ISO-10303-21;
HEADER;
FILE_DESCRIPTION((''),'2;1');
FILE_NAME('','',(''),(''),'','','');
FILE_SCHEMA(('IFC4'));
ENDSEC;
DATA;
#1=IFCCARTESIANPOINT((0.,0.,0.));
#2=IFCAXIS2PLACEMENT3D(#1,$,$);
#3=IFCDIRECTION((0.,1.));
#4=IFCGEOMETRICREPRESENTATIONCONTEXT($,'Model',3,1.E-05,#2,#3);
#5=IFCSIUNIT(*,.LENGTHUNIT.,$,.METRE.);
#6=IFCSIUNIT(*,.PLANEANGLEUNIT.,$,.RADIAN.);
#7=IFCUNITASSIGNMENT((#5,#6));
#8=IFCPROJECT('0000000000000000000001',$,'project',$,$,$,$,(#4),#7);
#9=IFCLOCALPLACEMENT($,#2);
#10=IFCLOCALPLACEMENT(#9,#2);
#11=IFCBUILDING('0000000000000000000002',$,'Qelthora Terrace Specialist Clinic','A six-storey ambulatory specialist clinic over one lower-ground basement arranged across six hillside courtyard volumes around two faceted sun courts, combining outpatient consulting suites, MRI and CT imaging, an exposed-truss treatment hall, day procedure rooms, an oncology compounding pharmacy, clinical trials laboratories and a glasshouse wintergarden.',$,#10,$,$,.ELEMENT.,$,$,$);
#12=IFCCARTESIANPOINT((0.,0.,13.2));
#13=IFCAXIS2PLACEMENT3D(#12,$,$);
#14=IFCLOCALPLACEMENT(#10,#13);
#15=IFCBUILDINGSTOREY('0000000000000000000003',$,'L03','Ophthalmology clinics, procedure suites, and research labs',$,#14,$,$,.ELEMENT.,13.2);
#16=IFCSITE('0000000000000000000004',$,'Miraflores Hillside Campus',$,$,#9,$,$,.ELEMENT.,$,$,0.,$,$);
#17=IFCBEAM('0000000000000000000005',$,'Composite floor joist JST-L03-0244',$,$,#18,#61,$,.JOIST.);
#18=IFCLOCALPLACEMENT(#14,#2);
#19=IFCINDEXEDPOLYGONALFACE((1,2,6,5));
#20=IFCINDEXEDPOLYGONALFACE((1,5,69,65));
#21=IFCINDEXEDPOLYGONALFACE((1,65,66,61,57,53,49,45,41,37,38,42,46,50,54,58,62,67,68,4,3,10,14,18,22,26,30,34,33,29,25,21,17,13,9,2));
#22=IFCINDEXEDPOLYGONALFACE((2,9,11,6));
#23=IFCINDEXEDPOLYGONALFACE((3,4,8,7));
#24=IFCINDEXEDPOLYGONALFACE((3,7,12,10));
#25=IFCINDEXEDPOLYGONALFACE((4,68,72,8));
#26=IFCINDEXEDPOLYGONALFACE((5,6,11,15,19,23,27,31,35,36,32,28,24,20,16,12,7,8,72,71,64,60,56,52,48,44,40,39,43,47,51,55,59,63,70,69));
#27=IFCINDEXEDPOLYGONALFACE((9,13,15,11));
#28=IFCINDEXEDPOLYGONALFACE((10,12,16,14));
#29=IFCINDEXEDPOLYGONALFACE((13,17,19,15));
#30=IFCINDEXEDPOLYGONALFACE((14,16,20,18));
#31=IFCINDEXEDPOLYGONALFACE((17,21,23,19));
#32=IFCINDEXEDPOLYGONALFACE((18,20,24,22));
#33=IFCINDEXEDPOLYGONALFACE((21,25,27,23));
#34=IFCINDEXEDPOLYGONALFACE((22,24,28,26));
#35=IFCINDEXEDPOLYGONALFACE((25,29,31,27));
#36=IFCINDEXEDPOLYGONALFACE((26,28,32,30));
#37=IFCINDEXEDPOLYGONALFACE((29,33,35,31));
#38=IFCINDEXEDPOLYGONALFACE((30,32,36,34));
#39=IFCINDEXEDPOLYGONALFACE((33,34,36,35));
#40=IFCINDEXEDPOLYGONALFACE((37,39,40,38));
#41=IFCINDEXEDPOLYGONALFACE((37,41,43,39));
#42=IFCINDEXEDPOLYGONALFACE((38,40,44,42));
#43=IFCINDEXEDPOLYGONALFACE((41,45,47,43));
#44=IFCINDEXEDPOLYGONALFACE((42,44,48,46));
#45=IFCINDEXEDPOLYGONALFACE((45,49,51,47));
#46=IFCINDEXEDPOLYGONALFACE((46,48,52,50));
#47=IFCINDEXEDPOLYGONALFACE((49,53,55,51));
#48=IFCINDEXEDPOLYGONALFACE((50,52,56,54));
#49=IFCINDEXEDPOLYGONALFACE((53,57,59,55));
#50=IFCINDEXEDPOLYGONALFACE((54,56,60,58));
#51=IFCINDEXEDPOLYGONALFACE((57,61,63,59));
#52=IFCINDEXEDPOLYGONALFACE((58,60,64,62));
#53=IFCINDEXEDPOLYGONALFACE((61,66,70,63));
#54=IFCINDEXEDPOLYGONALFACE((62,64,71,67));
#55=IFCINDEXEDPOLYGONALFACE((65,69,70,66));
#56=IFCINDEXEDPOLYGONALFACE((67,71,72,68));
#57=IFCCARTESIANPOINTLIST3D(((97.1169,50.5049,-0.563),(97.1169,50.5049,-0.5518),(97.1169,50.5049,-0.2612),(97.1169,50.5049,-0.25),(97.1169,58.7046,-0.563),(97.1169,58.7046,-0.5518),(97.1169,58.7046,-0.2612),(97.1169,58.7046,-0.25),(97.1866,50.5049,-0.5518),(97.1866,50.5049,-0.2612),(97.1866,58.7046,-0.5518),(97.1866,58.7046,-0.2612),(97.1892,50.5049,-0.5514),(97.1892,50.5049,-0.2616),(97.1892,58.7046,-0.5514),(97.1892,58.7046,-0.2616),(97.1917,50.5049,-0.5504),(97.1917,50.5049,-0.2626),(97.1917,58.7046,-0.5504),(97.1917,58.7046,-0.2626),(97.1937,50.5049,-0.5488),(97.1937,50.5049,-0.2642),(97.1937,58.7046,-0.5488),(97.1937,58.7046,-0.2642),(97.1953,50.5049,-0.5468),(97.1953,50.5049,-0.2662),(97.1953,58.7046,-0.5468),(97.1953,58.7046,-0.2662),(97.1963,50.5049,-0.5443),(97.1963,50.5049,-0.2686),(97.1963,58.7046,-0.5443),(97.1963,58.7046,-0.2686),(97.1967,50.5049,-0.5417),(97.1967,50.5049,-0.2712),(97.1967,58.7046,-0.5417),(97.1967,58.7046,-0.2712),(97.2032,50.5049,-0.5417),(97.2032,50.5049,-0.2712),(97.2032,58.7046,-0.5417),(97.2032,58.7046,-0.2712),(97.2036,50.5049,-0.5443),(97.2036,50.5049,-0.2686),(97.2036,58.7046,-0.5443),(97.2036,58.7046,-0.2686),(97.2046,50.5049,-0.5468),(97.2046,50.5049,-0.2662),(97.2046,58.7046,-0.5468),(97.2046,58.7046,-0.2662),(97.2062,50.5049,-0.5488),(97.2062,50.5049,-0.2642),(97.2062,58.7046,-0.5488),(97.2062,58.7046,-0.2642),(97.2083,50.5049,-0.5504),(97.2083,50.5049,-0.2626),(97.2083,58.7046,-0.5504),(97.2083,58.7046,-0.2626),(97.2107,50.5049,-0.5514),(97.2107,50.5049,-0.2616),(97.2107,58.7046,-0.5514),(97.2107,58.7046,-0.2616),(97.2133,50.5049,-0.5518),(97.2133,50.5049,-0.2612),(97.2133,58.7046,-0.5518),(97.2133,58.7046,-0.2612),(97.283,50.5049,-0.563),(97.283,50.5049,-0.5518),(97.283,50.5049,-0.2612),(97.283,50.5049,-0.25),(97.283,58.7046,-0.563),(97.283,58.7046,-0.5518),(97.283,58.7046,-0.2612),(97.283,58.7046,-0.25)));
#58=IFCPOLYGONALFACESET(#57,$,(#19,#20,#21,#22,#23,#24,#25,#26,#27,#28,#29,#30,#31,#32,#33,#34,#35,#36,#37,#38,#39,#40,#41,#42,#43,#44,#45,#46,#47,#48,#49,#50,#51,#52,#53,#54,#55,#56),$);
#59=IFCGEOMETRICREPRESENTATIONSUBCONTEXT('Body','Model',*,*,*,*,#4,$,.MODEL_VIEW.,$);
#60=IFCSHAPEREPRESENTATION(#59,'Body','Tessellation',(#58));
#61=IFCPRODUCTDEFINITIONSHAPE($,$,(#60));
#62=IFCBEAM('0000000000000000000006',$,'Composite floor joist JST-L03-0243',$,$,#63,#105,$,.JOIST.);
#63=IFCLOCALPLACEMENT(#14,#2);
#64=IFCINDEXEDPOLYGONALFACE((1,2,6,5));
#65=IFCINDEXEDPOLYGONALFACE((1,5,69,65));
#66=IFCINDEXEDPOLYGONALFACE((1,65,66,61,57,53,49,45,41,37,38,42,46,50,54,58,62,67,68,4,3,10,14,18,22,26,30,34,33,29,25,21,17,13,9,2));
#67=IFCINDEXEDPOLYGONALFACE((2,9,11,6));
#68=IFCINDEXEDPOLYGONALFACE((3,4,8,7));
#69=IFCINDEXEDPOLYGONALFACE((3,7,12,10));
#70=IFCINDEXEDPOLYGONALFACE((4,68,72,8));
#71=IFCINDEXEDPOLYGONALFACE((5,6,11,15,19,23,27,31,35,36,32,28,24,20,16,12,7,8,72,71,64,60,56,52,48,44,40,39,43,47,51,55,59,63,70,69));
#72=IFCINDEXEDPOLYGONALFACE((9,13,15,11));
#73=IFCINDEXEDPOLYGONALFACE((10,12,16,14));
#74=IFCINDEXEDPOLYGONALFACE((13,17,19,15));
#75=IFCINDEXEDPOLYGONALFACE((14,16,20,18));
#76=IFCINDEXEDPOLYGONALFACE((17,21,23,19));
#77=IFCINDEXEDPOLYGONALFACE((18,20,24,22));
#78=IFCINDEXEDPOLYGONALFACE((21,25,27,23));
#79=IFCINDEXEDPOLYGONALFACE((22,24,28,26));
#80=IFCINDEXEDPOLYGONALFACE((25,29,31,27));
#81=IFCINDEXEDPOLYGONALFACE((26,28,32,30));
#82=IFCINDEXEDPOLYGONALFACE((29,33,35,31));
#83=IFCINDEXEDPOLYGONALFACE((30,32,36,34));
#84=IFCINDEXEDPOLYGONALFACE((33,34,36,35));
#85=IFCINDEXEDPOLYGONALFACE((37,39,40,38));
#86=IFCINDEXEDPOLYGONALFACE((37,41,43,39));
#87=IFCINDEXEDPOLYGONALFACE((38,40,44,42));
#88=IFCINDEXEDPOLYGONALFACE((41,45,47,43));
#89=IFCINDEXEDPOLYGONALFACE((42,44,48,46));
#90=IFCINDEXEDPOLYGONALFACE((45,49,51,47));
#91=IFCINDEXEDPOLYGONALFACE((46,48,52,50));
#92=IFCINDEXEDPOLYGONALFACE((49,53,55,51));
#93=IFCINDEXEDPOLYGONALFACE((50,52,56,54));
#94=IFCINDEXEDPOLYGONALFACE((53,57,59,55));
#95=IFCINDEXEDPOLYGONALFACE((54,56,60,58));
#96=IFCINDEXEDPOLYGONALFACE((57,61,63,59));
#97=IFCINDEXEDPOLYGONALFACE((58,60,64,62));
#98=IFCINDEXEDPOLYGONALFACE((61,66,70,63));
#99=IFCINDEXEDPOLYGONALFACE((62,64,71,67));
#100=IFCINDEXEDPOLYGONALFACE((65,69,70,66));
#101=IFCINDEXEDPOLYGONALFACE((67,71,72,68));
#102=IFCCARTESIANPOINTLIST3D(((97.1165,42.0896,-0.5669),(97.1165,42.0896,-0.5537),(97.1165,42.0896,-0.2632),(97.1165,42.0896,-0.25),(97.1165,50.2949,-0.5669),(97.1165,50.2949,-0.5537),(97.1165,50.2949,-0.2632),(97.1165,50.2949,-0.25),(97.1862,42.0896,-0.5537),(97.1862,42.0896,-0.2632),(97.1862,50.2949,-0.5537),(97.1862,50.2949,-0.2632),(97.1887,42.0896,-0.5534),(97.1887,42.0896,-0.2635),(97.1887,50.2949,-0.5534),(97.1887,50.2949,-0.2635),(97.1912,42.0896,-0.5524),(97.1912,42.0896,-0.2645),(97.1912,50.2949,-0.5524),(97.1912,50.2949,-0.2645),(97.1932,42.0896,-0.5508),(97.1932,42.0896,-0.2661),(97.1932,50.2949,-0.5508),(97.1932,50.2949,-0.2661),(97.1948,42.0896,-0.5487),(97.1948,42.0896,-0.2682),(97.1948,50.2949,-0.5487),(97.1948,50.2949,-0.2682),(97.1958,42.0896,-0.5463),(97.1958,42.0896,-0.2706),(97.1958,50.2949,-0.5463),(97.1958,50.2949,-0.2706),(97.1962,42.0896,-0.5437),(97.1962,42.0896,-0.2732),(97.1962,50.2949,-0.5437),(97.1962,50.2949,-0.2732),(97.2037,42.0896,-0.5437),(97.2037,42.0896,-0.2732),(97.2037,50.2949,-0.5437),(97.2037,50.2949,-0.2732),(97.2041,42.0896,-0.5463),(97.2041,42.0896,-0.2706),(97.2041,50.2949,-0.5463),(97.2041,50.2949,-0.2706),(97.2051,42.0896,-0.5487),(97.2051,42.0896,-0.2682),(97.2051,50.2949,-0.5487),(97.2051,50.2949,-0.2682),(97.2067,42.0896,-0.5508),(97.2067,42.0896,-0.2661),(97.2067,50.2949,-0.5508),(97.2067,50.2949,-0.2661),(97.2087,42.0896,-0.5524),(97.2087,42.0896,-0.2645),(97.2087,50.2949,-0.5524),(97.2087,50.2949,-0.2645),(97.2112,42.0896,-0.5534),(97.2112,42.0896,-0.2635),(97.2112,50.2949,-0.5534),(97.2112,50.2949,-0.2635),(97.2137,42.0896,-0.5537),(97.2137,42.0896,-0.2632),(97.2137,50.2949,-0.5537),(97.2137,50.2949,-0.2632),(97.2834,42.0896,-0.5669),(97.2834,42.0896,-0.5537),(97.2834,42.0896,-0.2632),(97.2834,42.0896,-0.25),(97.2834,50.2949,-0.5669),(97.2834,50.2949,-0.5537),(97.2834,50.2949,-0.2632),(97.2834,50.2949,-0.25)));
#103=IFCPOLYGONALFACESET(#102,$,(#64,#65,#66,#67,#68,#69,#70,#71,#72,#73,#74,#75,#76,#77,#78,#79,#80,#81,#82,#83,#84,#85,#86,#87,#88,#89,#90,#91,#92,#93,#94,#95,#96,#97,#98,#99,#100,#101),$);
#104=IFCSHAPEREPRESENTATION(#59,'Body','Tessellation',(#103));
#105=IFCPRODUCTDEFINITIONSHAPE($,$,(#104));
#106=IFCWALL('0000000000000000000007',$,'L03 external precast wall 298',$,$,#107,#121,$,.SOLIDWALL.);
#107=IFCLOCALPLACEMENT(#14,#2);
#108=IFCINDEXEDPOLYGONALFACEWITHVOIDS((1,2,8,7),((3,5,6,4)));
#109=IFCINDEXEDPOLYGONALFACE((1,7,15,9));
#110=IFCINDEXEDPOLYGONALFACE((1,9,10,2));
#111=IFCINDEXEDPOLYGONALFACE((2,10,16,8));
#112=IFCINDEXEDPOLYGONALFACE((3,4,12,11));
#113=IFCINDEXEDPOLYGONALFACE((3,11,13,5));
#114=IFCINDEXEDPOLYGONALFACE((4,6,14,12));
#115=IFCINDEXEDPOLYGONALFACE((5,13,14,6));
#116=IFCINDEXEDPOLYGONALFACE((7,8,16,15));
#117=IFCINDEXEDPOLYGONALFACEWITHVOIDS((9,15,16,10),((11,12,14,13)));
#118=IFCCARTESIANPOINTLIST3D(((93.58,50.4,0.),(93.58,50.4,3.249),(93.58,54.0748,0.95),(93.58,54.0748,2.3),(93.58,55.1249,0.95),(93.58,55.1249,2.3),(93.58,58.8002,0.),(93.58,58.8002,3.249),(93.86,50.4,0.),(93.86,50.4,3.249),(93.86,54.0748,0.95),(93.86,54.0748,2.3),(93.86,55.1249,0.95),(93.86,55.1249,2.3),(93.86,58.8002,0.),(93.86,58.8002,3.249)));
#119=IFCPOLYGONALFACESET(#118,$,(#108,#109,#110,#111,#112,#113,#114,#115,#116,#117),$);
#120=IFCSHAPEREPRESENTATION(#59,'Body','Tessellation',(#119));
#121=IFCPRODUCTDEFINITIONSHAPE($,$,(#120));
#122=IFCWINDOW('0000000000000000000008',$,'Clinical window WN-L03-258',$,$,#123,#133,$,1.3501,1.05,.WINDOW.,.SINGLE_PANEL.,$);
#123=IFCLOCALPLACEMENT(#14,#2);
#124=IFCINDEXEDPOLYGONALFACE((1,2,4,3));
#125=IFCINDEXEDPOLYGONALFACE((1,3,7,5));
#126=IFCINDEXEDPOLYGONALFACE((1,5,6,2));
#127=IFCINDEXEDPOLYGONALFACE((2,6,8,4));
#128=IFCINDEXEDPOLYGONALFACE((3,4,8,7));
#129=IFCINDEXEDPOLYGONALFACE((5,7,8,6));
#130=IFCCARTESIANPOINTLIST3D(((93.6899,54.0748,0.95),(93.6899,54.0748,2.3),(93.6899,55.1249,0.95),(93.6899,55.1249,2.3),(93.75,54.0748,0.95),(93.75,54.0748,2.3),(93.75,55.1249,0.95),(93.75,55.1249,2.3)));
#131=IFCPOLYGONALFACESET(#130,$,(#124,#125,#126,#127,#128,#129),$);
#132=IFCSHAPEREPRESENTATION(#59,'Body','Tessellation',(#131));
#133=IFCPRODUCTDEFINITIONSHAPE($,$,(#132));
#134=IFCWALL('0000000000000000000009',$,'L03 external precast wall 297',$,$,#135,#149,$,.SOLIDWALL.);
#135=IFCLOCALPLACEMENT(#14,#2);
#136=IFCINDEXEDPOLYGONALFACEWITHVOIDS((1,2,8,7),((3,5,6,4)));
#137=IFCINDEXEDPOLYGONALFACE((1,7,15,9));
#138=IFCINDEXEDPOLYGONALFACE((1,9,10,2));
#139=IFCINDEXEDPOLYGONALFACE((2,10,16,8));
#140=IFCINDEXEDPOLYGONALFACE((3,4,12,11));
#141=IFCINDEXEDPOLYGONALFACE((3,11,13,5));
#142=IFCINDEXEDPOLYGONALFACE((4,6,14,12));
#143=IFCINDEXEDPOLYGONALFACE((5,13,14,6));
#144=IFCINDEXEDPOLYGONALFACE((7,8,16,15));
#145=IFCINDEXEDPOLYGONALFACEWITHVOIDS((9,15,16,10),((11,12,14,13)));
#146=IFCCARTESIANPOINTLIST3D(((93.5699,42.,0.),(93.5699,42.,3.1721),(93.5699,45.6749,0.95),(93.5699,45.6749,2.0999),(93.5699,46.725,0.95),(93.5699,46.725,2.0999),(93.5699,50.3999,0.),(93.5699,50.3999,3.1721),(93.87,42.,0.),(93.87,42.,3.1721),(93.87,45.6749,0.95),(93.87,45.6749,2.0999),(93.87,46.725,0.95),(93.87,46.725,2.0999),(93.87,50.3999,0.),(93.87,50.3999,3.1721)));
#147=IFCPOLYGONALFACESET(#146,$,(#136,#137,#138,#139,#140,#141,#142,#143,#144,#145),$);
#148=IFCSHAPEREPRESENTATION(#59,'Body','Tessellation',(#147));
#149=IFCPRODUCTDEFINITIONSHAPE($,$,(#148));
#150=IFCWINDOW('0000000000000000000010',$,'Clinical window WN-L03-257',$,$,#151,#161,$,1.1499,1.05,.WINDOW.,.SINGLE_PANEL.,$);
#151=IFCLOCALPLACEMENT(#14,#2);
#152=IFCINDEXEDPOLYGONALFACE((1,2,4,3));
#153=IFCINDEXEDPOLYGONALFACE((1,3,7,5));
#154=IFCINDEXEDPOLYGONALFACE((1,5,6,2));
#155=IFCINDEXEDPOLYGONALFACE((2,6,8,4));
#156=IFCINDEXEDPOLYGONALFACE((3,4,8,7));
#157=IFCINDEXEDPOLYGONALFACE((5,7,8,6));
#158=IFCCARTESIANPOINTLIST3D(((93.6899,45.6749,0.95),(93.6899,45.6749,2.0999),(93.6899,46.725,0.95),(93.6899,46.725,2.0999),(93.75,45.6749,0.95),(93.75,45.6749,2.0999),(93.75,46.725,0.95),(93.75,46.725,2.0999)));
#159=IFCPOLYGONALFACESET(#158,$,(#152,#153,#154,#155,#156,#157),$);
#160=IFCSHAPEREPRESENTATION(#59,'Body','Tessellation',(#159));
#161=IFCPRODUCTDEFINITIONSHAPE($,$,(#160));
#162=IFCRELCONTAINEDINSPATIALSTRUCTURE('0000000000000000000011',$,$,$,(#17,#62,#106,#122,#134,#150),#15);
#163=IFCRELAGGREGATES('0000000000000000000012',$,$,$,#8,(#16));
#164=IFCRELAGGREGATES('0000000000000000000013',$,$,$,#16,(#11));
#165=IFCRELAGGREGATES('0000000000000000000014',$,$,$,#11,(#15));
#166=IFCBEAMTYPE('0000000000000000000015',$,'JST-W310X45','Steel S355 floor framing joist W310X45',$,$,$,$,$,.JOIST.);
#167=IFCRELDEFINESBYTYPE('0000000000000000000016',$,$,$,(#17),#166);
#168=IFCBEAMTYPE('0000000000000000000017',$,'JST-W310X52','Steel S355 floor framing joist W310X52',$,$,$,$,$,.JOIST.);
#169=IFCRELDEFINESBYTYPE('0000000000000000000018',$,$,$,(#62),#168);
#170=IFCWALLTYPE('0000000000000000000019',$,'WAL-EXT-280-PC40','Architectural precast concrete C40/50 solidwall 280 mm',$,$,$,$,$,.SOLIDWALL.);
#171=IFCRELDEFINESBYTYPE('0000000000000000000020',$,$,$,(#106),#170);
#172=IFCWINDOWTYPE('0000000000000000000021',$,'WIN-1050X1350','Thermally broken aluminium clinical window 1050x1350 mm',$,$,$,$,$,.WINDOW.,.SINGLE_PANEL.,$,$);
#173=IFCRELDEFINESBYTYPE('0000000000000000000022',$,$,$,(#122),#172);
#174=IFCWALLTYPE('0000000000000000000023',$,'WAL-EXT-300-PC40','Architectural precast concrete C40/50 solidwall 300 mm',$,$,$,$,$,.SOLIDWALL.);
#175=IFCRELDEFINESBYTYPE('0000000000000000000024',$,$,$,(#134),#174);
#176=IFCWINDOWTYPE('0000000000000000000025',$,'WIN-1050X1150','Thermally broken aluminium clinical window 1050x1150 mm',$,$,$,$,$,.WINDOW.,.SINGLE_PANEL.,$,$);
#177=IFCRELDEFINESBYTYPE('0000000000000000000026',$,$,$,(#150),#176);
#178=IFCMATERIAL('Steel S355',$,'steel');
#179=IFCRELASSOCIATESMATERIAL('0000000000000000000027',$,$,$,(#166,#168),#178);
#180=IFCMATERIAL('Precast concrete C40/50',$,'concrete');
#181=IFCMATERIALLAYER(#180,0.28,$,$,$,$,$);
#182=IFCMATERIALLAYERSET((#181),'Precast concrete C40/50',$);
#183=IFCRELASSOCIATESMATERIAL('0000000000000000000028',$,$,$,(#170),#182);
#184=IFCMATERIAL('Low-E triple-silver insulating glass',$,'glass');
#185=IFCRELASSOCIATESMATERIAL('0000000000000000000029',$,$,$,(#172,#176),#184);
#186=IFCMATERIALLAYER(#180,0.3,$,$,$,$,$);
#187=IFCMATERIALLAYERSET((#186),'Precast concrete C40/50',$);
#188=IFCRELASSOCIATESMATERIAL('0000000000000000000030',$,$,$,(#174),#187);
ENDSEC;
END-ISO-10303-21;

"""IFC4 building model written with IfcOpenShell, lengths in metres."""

from ifc_helpers import new_model, si_unit, direction, frame, frame_2d, origin, origin_2d, place, context, subcontext, project, spatial, rectangle, i_section, extrude, material, layer, layer_set, material_profile, profile_set, type_object, element, fill, save


model = new_model("IFC4")

# Units and contexts
model_context = context("Model", 3, precision=1e-05, world=origin(), true_north=direction((0.0, 1.0)))
body_context = subcontext(model_context, "Body", "Model", "MODEL_VIEW")
ifc_project = project(units=[si_unit("LENGTHUNIT", "METRE"), si_unit("PLANEANGLEUNIT", "RADIAN")], contexts=[model_context])

# Site, building, storey
site_placement = place(None, origin())
site = spatial("IfcSite", under=ifc_project, at=site_placement, Name="Miraflores Hillside Campus", CompositionType="ELEMENT", RefElevation=0.0)
building_placement = place(site_placement, origin())
building = spatial("IfcBuilding", under=site, at=building_placement, Name="Qelthora Terrace Specialist Clinic", Description="A six-storey ambulatory specialist clinic over one lower-ground basement arranged across six hillside courtyard volumes around two faceted sun courts, combining outpatient consulting suites, MRI and CT imaging, an exposed-truss treatment hall, day procedure rooms, an oncology compounding pharmacy, clinical trials laboratories and a glasshouse wintergarden.", CompositionType="ELEMENT")
storey_placement = place(building_placement, frame((0.0, 0.0, 13.2)))
storey = spatial("IfcBuildingStorey", under=building, at=storey_placement, Name="L03", Description="Ophthalmology clinics, procedure suites, and research labs", CompositionType="ELEMENT", Elevation=13.2)

# Shared definitions
ifc_material_1 = material(Name="Steel S355", Category="steel")

# Beams
ifc_material_profile_1 = material_profile(ifc_material_1, i_section(OverallWidth=0.166, OverallDepth=0.313, WebThickness=0.0066, FlangeThickness=0.0112, FilletRadius=0.01, at=origin_2d()), Name="W310X45")
ifc_profile_set_1 = profile_set([ifc_material_profile_1], Name="Steel S355")
beam_type_1 = type_object("IfcBeamType", Name="JST-W310X45", Description="Steel S355 floor framing joist W310X45", PredefinedType="JOIST", material=ifc_profile_set_1)
beam_1_placement = place(storey_placement, frame((97.2, 50.5049, -0.4065), z_axis=(0.0, 1.0, 0.0), x_axis=(-1.0, 0.0, 0.0)))
element("IfcBeam", 1, at=beam_1_placement, inside=storey, type_object=beam_type_1, Name="Composite floor joist JST-L03-0244", PredefinedType="JOIST", context=body_context, shape_type="SweptSolid", body=[
    extrude(i_section(OverallWidth=0.166, OverallDepth=0.313, WebThickness=0.0066, FlangeThickness=0.0112, FilletRadius=0.01, at=origin_2d()), origin(), (0.0, 0.0, 1.0), 8.1997),
])
ifc_material_profile_2 = material_profile(ifc_material_1, i_section(OverallWidth=0.167, OverallDepth=0.3169, WebThickness=0.0076, FlangeThickness=0.0132, FilletRadius=0.01, at=origin_2d()), Name="W310X52")
ifc_profile_set_2 = profile_set([ifc_material_profile_2], Name="Steel S355")
beam_type_2 = type_object("IfcBeamType", Name="JST-W310X52", Description="Steel S355 floor framing joist W310X52", PredefinedType="JOIST", material=ifc_profile_set_2)
beam_2_placement = place(storey_placement, frame((97.2, 42.0896, -0.4084), z_axis=(0.0, 1.0, 0.0), x_axis=(-1.0, 0.0, 0.0)))
element("IfcBeam", 2, at=beam_2_placement, inside=storey, type_object=beam_type_2, Name="Composite floor joist JST-L03-0243", PredefinedType="JOIST", context=body_context, shape_type="SweptSolid", body=[
    extrude(i_section(OverallWidth=0.167, OverallDepth=0.3169, WebThickness=0.0076, FlangeThickness=0.0132, FilletRadius=0.01, at=origin_2d()), origin(), (0.0, 0.0, 1.0), 8.2053),
])

# Walls, openings, windows
ifc_material_2 = material(Name="Precast concrete C40/50", Category="concrete")
ifc_layer_1 = layer(ifc_material_2, 0.28)
ifc_layer_set_1 = layer_set([ifc_layer_1], Name="Precast concrete C40/50")
wall_type_1 = type_object("IfcWallType", Name="WAL-EXT-280-PC40", Description="Architectural precast concrete C40/50 solidwall 280 mm", PredefinedType="SOLIDWALL", material=ifc_layer_set_1)
wall_1_placement = place(storey_placement, frame((93.72, 50.3999, 0.0), z_axis=(0.0, 0.0, 1.0), x_axis=(0.0, 1.0, 0.0)))
wall_1 = element("IfcWall", 3, at=wall_1_placement, inside=storey, type_object=wall_type_1, Name="L03 external precast wall 298", PredefinedType="SOLIDWALL", context=body_context, shape_type="SweptSolid", body=[
    extrude(rectangle(XDim=8.4001, YDim=0.28, at=frame_2d((4.2002, 0.0))), origin(), (0.0, 0.0, 1.0), 3.249),
])
opening_1_placement = place(wall_1_placement, frame((3.675, 0.0, 0.95)))
opening_1 = element("IfcOpeningElement", 4, at=opening_1_placement, cuts=wall_1, PredefinedType="OPENING", context=body_context, shape_type="SweptSolid", body=[
    extrude(rectangle(XDim=1.05, YDim=1.3501, at=frame_2d((0.5249, 0.675))), frame((0.0, 0.1499, 0.0), z_axis=(0.0, -1.0, 0.0), x_axis=(1.0, 0.0, 0.0)), (0.0, 0.0, 1.0), 0.3),
])
ifc_material_3 = material(Name="Low-E triple-silver insulating glass", Category="glass")
window_type_1 = type_object("IfcWindowType", Name="WIN-1050X1350", Description="Thermally broken aluminium clinical window 1050x1350 mm", PartitioningType="SINGLE_PANEL", PredefinedType="WINDOW", material=ifc_material_3)
window_1_placement = place(opening_1_placement, origin())
window_1 = element("IfcWindow", 5, at=window_1_placement, inside=storey, type_object=window_type_1, Name="Clinical window WN-L03-258", OverallHeight=1.3501, OverallWidth=1.05, PartitioningType="SINGLE_PANEL", PredefinedType="WINDOW", context=body_context, shape_type="SweptSolid", body=[
    extrude(rectangle(XDim=1.05, YDim=1.3501, at=frame_2d((0.5249, 0.675))), frame((0.0, 0.03, 0.0), z_axis=(0.0, -1.0, 0.0), x_axis=(1.0, 0.0, 0.0)), (0.0, 0.0, 1.0), 0.0601),
])
fill(opening_1, window_1)
ifc_layer_2 = layer(ifc_material_2, 0.3)
ifc_layer_set_2 = layer_set([ifc_layer_2], Name="Precast concrete C40/50")
wall_type_2 = type_object("IfcWallType", Name="WAL-EXT-300-PC40", Description="Architectural precast concrete C40/50 solidwall 300 mm", PredefinedType="SOLIDWALL", material=ifc_layer_set_2)
wall_2_placement = place(storey_placement, frame((93.72, 42.0, 0.0), z_axis=(0.0, 0.0, 1.0), x_axis=(0.0, 1.0, 0.0)))
wall_2 = element("IfcWall", 6, at=wall_2_placement, inside=storey, type_object=wall_type_2, Name="L03 external precast wall 297", PredefinedType="SOLIDWALL", context=body_context, shape_type="SweptSolid", body=[
    extrude(rectangle(XDim=8.3999, YDim=0.3, at=frame_2d((4.2, 0.0))), origin(), (0.0, 0.0, 1.0), 3.1721),
])
opening_2_placement = place(wall_2_placement, frame((3.675, 0.0, 0.95)))
opening_2 = element("IfcOpeningElement", 7, at=opening_2_placement, cuts=wall_2, PredefinedType="OPENING", context=body_context, shape_type="SweptSolid", body=[
    extrude(rectangle(XDim=1.05, YDim=1.1499, at=frame_2d((0.5249, 0.575))), frame((0.0, 0.1599, 0.0), z_axis=(0.0, -1.0, 0.0), x_axis=(1.0, 0.0, 0.0)), (0.0, 0.0, 1.0), 0.3201),
])
window_type_2 = type_object("IfcWindowType", Name="WIN-1050X1150", Description="Thermally broken aluminium clinical window 1050x1150 mm", PartitioningType="SINGLE_PANEL", PredefinedType="WINDOW", material=ifc_material_3)
window_2_placement = place(opening_2_placement, origin())
window_2 = element("IfcWindow", 8, at=window_2_placement, inside=storey, type_object=window_type_2, Name="Clinical window WN-L03-257", OverallHeight=1.1499, OverallWidth=1.05, PartitioningType="SINGLE_PANEL", PredefinedType="WINDOW", context=body_context, shape_type="SweptSolid", body=[
    extrude(rectangle(XDim=1.05, YDim=1.1499, at=frame_2d((0.5249, 0.575))), frame((0.0, 0.03, 0.0), z_axis=(0.0, -1.0, 0.0), x_axis=(1.0, 0.0, 0.0)), (0.0, 0.0, 1.0), 0.0601),
])
fill(opening_2, window_2)

save(model, "model.ifc")
